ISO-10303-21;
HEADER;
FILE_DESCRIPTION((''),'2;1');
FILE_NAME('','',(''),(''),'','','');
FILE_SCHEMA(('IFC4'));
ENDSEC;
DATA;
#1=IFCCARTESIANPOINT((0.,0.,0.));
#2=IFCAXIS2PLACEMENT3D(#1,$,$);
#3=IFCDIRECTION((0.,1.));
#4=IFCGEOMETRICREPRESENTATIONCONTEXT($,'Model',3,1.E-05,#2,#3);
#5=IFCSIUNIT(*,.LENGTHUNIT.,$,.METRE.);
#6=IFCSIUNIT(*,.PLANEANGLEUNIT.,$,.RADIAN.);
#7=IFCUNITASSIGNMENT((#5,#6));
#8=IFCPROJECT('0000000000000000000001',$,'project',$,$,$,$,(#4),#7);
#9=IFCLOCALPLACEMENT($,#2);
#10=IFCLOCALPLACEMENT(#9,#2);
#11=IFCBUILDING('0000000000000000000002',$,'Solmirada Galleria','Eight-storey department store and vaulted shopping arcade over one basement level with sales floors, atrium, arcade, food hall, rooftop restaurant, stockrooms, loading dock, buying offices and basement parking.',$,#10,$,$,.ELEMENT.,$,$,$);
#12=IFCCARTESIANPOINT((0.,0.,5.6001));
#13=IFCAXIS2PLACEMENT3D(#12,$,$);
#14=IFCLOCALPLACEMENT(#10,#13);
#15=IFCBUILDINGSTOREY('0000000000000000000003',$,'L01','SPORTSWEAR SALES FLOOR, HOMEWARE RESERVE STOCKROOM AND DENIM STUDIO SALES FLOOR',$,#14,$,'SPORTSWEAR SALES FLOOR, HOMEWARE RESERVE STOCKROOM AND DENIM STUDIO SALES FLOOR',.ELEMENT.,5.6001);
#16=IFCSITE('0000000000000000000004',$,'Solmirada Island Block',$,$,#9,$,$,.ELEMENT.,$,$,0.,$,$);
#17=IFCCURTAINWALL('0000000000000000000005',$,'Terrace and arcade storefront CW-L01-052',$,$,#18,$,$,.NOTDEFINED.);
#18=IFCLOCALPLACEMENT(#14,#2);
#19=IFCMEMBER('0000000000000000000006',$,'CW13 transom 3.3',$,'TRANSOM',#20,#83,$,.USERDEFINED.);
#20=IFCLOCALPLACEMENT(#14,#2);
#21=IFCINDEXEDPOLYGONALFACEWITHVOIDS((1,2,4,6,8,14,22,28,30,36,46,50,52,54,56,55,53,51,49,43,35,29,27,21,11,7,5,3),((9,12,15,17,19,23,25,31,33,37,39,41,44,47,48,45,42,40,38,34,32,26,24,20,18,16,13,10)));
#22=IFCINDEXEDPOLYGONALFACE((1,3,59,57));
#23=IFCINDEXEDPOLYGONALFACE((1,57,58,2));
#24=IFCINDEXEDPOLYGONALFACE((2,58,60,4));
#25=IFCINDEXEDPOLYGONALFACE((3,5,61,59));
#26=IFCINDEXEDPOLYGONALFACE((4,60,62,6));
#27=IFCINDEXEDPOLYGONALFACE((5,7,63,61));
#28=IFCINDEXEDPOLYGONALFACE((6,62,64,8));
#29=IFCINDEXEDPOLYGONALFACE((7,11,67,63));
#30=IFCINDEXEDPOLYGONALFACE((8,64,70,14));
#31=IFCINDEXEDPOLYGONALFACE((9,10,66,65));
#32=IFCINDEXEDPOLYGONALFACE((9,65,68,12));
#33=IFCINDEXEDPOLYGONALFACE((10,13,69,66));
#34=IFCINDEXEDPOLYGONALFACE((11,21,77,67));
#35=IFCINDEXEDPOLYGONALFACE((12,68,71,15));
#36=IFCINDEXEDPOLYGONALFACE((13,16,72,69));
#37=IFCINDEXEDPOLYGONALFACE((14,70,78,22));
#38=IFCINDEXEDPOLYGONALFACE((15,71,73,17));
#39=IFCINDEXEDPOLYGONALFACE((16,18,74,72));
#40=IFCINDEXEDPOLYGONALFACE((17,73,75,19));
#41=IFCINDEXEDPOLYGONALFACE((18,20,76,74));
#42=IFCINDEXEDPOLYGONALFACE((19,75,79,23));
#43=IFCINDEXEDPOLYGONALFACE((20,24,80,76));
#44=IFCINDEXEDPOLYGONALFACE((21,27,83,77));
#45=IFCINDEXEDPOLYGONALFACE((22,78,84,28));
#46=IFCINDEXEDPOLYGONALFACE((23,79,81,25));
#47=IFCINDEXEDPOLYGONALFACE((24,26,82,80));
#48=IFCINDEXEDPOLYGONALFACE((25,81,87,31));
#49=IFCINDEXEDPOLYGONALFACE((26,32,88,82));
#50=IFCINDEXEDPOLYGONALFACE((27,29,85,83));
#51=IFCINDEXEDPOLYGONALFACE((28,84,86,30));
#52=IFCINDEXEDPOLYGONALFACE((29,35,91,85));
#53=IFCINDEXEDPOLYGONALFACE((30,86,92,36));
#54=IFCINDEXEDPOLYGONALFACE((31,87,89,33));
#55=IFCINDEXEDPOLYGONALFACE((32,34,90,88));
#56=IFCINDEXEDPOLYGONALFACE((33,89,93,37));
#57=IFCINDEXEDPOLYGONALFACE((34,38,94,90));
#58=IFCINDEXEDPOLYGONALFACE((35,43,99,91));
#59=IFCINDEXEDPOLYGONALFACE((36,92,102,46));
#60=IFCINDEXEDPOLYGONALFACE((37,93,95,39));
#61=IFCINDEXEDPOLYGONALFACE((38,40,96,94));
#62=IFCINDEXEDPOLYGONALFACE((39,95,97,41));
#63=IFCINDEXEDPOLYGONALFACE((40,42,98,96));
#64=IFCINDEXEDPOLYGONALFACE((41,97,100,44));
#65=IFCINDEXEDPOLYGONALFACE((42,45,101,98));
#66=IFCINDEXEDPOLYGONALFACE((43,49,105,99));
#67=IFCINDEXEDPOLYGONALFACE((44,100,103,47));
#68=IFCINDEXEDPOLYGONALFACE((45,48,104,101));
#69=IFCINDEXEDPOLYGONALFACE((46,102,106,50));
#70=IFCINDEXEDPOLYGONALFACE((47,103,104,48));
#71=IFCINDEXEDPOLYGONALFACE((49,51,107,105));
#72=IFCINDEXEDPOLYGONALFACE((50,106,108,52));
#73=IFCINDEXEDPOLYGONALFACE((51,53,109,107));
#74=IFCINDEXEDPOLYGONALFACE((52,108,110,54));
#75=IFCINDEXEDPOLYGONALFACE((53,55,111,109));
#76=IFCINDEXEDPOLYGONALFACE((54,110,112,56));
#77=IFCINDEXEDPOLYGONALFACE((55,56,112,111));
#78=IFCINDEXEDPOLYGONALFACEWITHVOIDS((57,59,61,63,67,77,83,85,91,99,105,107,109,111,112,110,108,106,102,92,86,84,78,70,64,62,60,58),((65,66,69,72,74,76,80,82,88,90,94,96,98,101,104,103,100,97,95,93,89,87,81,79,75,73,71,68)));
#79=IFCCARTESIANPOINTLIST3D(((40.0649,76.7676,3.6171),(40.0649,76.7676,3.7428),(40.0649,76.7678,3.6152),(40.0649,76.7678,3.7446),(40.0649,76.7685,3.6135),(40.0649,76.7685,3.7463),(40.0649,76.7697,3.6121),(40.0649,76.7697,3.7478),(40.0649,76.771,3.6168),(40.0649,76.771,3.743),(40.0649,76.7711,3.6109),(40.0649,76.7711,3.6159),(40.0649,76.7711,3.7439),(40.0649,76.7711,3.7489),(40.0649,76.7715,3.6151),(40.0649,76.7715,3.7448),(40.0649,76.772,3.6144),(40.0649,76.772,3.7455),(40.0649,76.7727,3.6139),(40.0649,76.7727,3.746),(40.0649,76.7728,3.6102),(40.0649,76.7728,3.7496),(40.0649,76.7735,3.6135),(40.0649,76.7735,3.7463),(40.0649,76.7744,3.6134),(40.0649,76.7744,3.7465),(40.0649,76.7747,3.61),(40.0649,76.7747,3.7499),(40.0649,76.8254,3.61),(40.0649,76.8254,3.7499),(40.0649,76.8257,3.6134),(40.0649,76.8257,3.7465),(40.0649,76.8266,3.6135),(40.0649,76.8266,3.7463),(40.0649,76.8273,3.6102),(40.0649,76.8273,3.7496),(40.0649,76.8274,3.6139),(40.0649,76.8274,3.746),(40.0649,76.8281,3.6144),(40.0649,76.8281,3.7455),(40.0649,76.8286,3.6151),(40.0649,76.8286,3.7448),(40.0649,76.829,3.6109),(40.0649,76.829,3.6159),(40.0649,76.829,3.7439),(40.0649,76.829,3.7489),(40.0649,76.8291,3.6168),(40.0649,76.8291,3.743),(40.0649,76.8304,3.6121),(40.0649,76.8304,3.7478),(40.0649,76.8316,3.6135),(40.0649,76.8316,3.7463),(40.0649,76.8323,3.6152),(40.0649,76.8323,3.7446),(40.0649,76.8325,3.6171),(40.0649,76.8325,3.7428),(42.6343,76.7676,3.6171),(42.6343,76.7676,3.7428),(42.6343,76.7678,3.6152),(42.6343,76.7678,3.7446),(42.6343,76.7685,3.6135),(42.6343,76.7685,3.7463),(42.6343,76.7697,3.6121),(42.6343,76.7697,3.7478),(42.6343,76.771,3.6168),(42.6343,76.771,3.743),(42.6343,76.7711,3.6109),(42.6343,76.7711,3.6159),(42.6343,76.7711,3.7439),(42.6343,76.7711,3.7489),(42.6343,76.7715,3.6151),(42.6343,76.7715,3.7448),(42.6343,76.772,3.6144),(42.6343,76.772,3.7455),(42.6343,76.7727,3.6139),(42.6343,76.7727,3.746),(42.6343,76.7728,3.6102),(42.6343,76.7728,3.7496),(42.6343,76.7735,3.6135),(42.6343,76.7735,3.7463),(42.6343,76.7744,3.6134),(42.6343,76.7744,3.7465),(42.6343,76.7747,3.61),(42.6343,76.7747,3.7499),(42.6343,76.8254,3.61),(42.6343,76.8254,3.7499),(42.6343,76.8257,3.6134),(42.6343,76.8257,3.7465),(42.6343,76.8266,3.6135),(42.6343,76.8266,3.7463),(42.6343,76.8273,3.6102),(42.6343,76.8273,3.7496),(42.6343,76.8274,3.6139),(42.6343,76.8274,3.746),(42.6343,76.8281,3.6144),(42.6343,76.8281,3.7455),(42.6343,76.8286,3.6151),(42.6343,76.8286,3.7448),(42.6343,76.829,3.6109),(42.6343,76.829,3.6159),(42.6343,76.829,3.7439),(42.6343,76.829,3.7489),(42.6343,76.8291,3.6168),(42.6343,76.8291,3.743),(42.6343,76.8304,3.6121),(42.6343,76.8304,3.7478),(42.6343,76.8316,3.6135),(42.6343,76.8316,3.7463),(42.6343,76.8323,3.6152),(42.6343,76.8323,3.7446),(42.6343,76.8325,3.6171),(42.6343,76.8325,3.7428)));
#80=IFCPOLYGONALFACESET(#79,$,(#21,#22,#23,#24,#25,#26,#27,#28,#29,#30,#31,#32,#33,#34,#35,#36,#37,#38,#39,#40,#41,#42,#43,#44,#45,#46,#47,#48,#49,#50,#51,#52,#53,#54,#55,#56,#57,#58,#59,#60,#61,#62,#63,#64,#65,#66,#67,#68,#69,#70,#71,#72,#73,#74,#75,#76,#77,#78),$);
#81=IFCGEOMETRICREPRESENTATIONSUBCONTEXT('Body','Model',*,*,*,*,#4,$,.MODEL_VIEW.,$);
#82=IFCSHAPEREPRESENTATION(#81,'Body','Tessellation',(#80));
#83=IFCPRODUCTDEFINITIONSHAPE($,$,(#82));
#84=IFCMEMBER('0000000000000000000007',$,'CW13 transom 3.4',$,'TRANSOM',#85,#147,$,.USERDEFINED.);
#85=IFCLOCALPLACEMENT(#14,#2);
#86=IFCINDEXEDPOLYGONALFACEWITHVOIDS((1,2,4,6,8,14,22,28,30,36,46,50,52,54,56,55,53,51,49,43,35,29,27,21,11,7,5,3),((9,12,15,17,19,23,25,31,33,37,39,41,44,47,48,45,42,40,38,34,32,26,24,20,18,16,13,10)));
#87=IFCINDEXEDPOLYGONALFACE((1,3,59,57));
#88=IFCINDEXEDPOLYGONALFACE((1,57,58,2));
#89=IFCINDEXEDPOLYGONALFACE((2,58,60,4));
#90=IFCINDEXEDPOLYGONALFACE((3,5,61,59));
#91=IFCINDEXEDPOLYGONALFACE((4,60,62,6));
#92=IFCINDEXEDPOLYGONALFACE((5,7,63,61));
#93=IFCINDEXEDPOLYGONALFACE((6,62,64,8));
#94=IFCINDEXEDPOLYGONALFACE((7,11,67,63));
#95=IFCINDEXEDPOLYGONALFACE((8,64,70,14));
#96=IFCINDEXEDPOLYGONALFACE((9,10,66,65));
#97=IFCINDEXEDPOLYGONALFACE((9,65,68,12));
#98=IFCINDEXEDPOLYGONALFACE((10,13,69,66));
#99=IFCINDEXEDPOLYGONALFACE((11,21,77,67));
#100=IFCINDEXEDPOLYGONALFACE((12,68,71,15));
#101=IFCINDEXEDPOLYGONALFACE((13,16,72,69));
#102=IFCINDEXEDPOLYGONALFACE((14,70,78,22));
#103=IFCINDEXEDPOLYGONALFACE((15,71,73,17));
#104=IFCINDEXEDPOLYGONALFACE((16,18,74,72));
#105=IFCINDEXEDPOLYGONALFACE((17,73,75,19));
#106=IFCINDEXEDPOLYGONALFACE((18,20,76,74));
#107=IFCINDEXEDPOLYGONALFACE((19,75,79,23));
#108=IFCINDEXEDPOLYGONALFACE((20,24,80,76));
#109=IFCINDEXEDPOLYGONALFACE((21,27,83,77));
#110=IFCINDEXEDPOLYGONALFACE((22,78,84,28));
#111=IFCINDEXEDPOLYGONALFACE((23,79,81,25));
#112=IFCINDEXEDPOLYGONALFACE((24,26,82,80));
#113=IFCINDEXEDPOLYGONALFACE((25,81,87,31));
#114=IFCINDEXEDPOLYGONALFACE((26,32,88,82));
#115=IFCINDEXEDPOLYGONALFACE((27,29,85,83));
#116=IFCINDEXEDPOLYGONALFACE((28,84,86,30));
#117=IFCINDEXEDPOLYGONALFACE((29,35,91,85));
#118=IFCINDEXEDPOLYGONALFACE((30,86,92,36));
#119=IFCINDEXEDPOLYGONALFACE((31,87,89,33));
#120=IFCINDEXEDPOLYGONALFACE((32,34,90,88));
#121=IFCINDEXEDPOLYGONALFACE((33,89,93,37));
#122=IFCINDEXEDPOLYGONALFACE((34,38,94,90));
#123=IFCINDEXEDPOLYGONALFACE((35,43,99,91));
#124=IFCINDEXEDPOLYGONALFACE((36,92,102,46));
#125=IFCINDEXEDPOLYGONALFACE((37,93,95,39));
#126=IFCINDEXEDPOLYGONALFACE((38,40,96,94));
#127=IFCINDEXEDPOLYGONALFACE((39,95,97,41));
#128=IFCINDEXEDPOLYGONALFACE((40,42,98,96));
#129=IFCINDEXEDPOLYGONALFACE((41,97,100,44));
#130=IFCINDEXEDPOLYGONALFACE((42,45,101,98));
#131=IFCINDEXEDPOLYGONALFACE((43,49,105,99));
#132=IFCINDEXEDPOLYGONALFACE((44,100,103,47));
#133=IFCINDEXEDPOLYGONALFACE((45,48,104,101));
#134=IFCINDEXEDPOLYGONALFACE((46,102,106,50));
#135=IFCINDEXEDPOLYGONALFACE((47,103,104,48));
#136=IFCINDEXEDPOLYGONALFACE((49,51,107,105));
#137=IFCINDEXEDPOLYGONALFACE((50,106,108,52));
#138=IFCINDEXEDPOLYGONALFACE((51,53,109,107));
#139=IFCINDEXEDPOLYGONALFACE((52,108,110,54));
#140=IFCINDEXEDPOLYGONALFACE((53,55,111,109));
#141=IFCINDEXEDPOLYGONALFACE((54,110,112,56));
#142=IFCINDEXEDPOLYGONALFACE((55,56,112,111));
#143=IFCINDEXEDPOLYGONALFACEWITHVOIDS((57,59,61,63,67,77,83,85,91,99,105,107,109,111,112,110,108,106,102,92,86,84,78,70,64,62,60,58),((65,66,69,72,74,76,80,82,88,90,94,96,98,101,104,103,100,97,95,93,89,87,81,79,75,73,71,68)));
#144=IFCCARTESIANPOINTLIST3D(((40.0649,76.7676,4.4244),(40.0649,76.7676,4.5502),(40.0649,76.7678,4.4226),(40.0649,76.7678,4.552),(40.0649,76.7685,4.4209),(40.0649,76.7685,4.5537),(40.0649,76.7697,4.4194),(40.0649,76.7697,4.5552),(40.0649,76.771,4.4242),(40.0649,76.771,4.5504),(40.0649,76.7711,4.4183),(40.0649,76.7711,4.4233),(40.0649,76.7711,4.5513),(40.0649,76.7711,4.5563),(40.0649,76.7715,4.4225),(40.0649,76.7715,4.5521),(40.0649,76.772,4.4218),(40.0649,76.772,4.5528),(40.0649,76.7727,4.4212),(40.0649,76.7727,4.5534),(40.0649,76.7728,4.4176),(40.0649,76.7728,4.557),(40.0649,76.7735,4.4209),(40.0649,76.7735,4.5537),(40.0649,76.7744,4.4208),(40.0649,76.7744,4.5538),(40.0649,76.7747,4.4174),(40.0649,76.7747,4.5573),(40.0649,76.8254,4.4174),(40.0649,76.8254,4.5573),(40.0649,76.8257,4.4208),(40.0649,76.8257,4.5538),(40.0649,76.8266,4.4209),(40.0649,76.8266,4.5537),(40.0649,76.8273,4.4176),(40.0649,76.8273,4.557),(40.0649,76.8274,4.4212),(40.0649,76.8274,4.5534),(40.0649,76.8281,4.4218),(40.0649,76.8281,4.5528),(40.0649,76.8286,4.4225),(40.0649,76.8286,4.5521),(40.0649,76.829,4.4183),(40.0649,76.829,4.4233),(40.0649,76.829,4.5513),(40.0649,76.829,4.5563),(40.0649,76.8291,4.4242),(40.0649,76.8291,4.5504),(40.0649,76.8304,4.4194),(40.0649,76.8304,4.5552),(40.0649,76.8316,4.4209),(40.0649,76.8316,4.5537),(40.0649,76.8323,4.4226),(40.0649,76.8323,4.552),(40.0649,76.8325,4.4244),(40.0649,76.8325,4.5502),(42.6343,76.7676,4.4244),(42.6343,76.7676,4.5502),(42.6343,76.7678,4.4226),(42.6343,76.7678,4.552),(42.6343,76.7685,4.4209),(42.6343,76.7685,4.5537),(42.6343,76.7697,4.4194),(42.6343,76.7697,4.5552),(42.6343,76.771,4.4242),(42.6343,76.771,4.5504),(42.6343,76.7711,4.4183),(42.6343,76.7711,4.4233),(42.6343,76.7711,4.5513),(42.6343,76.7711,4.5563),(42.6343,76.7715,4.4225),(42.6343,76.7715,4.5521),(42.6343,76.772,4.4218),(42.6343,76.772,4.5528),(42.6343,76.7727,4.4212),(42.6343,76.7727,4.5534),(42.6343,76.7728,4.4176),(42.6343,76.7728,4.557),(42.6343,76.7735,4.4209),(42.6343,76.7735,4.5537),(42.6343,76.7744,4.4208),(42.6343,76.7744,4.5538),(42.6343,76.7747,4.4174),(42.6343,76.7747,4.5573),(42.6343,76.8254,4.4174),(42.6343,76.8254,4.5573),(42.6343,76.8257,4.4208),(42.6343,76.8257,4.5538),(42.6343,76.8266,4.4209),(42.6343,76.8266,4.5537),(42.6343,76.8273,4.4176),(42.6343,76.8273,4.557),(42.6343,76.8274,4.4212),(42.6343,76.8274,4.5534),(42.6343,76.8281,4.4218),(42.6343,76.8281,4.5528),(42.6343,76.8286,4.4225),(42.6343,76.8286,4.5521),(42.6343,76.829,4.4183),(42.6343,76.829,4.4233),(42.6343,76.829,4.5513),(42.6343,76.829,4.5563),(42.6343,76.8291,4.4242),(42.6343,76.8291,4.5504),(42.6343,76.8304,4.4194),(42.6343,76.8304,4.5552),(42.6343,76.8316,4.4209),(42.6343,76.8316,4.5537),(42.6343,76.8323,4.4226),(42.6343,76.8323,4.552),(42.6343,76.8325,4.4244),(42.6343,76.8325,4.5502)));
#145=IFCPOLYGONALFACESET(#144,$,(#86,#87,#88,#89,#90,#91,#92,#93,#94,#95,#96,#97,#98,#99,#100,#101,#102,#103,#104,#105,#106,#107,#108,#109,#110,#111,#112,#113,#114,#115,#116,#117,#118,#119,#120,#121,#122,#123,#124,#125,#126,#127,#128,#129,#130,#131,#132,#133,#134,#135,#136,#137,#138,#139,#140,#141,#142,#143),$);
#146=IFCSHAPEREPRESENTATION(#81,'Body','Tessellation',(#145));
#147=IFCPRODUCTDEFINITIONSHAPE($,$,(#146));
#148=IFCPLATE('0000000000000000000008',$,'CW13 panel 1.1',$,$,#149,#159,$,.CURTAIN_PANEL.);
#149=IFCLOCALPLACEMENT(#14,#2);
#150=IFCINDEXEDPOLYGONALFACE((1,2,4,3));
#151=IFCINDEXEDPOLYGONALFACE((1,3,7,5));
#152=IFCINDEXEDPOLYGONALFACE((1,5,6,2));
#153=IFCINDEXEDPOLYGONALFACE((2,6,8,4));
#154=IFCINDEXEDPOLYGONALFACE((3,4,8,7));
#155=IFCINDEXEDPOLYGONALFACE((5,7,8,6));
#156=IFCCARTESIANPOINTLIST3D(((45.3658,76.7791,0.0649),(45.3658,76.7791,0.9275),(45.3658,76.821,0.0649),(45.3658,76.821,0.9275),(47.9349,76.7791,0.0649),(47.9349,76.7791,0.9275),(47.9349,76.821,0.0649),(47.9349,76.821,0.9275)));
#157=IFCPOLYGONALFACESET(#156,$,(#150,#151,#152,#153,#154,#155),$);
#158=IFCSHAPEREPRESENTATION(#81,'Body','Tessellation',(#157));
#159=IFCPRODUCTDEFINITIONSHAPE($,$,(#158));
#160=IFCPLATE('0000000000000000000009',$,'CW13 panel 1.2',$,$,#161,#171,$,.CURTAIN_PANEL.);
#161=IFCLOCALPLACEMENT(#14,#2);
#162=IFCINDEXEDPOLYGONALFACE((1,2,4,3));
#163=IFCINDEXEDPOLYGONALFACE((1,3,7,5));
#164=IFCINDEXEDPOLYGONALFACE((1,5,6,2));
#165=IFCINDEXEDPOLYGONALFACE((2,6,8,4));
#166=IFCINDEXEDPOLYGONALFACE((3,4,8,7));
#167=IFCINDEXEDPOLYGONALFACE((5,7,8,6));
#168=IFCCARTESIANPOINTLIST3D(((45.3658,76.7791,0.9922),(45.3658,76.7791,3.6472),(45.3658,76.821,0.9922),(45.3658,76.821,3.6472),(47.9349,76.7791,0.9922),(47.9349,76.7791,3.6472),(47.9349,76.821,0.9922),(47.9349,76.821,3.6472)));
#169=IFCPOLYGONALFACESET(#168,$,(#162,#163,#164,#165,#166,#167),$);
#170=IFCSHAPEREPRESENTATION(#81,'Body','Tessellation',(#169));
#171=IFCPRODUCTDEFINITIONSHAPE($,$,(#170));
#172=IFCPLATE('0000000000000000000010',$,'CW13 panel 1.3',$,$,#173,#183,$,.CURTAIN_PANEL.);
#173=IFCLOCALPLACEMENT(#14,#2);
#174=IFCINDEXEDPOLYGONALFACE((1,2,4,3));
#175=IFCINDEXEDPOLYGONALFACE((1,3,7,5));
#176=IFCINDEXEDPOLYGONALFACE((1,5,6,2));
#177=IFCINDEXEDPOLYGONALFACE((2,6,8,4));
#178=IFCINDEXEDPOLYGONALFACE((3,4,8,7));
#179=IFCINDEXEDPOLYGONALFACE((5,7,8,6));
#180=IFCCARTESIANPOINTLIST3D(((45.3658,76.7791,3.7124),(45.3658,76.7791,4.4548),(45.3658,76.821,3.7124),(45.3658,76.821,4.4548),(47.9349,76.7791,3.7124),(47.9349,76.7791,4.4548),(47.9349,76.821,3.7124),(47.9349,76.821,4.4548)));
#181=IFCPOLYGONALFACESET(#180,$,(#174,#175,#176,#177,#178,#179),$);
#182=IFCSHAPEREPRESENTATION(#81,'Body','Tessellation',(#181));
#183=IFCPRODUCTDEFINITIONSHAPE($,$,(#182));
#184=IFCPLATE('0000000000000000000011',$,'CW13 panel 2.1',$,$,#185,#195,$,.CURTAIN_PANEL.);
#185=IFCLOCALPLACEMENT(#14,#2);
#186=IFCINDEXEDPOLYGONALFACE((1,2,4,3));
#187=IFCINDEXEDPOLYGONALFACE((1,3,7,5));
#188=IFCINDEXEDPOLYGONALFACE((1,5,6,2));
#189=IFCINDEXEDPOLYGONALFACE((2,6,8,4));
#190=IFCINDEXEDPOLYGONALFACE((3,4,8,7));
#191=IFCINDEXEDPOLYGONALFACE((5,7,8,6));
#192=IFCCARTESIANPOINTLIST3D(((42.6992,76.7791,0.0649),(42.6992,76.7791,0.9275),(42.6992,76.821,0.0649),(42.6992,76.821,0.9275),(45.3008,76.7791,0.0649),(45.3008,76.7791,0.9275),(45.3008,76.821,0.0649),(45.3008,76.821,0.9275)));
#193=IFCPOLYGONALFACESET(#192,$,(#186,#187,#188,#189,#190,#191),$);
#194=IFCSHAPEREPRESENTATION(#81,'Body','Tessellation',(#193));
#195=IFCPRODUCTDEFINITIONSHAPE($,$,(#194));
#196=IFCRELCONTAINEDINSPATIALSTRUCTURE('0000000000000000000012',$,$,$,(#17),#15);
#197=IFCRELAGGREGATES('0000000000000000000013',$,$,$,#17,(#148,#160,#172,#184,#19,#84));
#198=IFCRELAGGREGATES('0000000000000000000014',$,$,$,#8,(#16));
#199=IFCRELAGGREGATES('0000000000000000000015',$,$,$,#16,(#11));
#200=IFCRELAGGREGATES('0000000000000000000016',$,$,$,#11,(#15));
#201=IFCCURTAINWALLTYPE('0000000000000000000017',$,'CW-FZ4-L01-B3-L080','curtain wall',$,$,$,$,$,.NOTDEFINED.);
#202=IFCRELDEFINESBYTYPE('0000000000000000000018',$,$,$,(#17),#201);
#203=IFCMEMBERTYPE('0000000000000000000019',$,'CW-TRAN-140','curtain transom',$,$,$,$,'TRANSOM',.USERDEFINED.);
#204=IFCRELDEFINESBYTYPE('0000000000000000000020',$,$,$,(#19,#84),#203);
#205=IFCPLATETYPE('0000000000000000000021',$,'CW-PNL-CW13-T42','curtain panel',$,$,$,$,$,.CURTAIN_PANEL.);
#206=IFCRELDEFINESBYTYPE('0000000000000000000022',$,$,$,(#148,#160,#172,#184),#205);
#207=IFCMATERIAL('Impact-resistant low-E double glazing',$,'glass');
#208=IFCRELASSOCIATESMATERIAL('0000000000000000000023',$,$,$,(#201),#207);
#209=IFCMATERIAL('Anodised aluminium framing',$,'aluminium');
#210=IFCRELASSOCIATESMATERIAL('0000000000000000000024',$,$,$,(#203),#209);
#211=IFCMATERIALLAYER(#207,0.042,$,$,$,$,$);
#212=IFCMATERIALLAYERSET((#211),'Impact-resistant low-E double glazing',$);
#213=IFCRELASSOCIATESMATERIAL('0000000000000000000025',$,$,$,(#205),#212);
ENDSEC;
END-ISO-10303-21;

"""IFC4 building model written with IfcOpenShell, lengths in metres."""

from ifc_helpers import new_model, si_unit, direction, frame, origin, origin_2d, place, context, subcontext, project, spatial, rectangle, hollow_rectangle, extrude, material, layer, layer_set, material_profile, profile_set, type_object, element, aggregate, save


model = new_model("IFC4")

# Units and contexts
model_context = context("Model", 3, precision=1e-05, world=origin(), true_north=direction((0.0, 1.0)))
body_context = subcontext(model_context, "Body", "Model", "MODEL_VIEW")
ifc_project = project(units=[si_unit("LENGTHUNIT", "METRE"), si_unit("PLANEANGLEUNIT", "RADIAN")], contexts=[model_context])

# Site, building, storey
site_placement = place(None, origin())
site = spatial("IfcSite", under=ifc_project, at=site_placement, Name="Solmirada Island Block", CompositionType="ELEMENT", RefElevation=0.0)
building_placement = place(site_placement, origin())
building = spatial("IfcBuilding", under=site, at=building_placement, Name="Solmirada Galleria", Description="Eight-storey department store and vaulted shopping arcade over one basement level with sales floors, atrium, arcade, food hall, rooftop restaurant, stockrooms, loading dock, buying offices and basement parking.", CompositionType="ELEMENT")
storey_placement = place(building_placement, frame((0.0, 0.0, 5.6001)))
storey = spatial("IfcBuildingStorey", under=building, at=storey_placement, Name="L01", Description="SPORTSWEAR SALES FLOOR, HOMEWARE RESERVE STOCKROOM AND DENIM STUDIO SALES FLOOR", LongName="SPORTSWEAR SALES FLOOR, HOMEWARE RESERVE STOCKROOM AND DENIM STUDIO SALES FLOOR", CompositionType="ELEMENT", Elevation=5.6001)

# Curtain wall, members, plates
ifc_material_1 = material(Name="Impact-resistant low-E double glazing", Category="glass")
curtain_wall_type = type_object("IfcCurtainWallType", Name="CW-FZ4-L01-B3-L080", Description="curtain wall", PredefinedType="NOTDEFINED", material=ifc_material_1)
curtain_wall_placement = place(storey_placement, origin())
curtain_wall = element("IfcCurtainWall", 1, at=curtain_wall_placement, inside=storey, type_object=curtain_wall_type, Name="Terrace and arcade storefront CW-L01-052", PredefinedType="NOTDEFINED")
ifc_material_2 = material(Name="Anodised aluminium framing", Category="aluminium")
ifc_material_profile_1 = material_profile(ifc_material_2, hollow_rectangle(XDim=0.0649, YDim=0.1399, WallThickness=0.0034, InnerFilletRadius=0.0034, OuterFilletRadius=0.0071, at=origin_2d()), Name="ALU-TRAN-140X65")
ifc_profile_set_1 = profile_set([ifc_material_profile_1], Name="Anodised aluminium framing")
member_type_1 = type_object("IfcMemberType", Name="CW-TRAN-140", Description="curtain transom", ElementType="TRANSOM", PredefinedType="USERDEFINED", material=ifc_profile_set_1)
member_1_placement = place(storey_placement, frame((42.6343, 76.8, 3.6799), z_axis=(-1.0, 0.0, 0.0), x_axis=(0.0, -1.0, 0.0)))
member_1 = element("IfcMember", 2, at=member_1_placement, type_object=member_type_1, Name="CW13 transom 3.3", ObjectType="TRANSOM", PredefinedType="USERDEFINED", context=body_context, shape_type="SweptSolid", body=[
    extrude(hollow_rectangle(XDim=0.0649, YDim=0.1399, WallThickness=0.0034, InnerFilletRadius=0.0034, OuterFilletRadius=0.0071, at=origin_2d()), origin(), (0.0, 0.0, 1.0), 2.5693),
])
member_2_placement = place(storey_placement, frame((42.6343, 76.8, 4.4873), z_axis=(-1.0, 0.0, 0.0), x_axis=(0.0, -1.0, 0.0)))
member_2 = element("IfcMember", 3, at=member_2_placement, type_object=member_type_1, Name="CW13 transom 3.4", ObjectType="TRANSOM", PredefinedType="USERDEFINED", context=body_context, shape_type="SweptSolid", body=[
    extrude(hollow_rectangle(XDim=0.0649, YDim=0.1399, WallThickness=0.0034, InnerFilletRadius=0.0034, OuterFilletRadius=0.0071, at=origin_2d()), origin(), (0.0, 0.0, 1.0), 2.5693),
])
ifc_layer_1 = layer(ifc_material_1, 0.042)
ifc_layer_set_1 = layer_set([ifc_layer_1], Name="Impact-resistant low-E double glazing")
plate_type = type_object("IfcPlateType", Name="CW-PNL-CW13-T42", Description="curtain panel", PredefinedType="CURTAIN_PANEL", material=ifc_layer_set_1)
plate_1_placement = place(storey_placement, frame((46.6504, 76.8, 0.0649), z_axis=(0.0, 0.0, 1.0), x_axis=(-1.0, 0.0, 0.0)))
plate_1 = element("IfcPlate", 4, at=plate_1_placement, type_object=plate_type, Name="CW13 panel 1.1", PredefinedType="CURTAIN_PANEL", context=body_context, shape_type="SweptSolid", body=[
    extrude(rectangle(XDim=2.5691, YDim=0.042, at=origin_2d()), origin(), (0.0, 0.0, 1.0), 0.8625),
])
plate_2_placement = place(storey_placement, frame((46.6504, 76.8, 0.9922), z_axis=(0.0, 0.0, 1.0), x_axis=(-1.0, 0.0, 0.0)))
plate_2 = element("IfcPlate", 5, at=plate_2_placement, type_object=plate_type, Name="CW13 panel 1.2", PredefinedType="CURTAIN_PANEL", context=body_context, shape_type="SweptSolid", body=[
    extrude(rectangle(XDim=2.5691, YDim=0.042, at=origin_2d()), origin(), (0.0, 0.0, 1.0), 2.655),
])
plate_3_placement = place(storey_placement, frame((46.6504, 76.8, 3.7124), z_axis=(0.0, 0.0, 1.0), x_axis=(-1.0, 0.0, 0.0)))
plate_3 = element("IfcPlate", 6, at=plate_3_placement, type_object=plate_type, Name="CW13 panel 1.3", PredefinedType="CURTAIN_PANEL", context=body_context, shape_type="SweptSolid", body=[
    extrude(rectangle(XDim=2.5691, YDim=0.042, at=origin_2d()), origin(), (0.0, 0.0, 1.0), 0.7424),
])
plate_4_placement = place(storey_placement, frame((44.0, 76.8, 0.0649), z_axis=(0.0, 0.0, 1.0), x_axis=(-1.0, 0.0, 0.0)))
plate_4 = element("IfcPlate", 7, at=plate_4_placement, type_object=plate_type, Name="CW13 panel 2.1", PredefinedType="CURTAIN_PANEL", context=body_context, shape_type="SweptSolid", body=[
    extrude(rectangle(XDim=2.6016, YDim=0.042, at=origin_2d()), origin(), (0.0, 0.0, 1.0), 0.8625),
])
aggregate(curtain_wall, [plate_1, plate_2, plate_3, plate_4, member_1, member_2])

save(model, "model.ifc")
